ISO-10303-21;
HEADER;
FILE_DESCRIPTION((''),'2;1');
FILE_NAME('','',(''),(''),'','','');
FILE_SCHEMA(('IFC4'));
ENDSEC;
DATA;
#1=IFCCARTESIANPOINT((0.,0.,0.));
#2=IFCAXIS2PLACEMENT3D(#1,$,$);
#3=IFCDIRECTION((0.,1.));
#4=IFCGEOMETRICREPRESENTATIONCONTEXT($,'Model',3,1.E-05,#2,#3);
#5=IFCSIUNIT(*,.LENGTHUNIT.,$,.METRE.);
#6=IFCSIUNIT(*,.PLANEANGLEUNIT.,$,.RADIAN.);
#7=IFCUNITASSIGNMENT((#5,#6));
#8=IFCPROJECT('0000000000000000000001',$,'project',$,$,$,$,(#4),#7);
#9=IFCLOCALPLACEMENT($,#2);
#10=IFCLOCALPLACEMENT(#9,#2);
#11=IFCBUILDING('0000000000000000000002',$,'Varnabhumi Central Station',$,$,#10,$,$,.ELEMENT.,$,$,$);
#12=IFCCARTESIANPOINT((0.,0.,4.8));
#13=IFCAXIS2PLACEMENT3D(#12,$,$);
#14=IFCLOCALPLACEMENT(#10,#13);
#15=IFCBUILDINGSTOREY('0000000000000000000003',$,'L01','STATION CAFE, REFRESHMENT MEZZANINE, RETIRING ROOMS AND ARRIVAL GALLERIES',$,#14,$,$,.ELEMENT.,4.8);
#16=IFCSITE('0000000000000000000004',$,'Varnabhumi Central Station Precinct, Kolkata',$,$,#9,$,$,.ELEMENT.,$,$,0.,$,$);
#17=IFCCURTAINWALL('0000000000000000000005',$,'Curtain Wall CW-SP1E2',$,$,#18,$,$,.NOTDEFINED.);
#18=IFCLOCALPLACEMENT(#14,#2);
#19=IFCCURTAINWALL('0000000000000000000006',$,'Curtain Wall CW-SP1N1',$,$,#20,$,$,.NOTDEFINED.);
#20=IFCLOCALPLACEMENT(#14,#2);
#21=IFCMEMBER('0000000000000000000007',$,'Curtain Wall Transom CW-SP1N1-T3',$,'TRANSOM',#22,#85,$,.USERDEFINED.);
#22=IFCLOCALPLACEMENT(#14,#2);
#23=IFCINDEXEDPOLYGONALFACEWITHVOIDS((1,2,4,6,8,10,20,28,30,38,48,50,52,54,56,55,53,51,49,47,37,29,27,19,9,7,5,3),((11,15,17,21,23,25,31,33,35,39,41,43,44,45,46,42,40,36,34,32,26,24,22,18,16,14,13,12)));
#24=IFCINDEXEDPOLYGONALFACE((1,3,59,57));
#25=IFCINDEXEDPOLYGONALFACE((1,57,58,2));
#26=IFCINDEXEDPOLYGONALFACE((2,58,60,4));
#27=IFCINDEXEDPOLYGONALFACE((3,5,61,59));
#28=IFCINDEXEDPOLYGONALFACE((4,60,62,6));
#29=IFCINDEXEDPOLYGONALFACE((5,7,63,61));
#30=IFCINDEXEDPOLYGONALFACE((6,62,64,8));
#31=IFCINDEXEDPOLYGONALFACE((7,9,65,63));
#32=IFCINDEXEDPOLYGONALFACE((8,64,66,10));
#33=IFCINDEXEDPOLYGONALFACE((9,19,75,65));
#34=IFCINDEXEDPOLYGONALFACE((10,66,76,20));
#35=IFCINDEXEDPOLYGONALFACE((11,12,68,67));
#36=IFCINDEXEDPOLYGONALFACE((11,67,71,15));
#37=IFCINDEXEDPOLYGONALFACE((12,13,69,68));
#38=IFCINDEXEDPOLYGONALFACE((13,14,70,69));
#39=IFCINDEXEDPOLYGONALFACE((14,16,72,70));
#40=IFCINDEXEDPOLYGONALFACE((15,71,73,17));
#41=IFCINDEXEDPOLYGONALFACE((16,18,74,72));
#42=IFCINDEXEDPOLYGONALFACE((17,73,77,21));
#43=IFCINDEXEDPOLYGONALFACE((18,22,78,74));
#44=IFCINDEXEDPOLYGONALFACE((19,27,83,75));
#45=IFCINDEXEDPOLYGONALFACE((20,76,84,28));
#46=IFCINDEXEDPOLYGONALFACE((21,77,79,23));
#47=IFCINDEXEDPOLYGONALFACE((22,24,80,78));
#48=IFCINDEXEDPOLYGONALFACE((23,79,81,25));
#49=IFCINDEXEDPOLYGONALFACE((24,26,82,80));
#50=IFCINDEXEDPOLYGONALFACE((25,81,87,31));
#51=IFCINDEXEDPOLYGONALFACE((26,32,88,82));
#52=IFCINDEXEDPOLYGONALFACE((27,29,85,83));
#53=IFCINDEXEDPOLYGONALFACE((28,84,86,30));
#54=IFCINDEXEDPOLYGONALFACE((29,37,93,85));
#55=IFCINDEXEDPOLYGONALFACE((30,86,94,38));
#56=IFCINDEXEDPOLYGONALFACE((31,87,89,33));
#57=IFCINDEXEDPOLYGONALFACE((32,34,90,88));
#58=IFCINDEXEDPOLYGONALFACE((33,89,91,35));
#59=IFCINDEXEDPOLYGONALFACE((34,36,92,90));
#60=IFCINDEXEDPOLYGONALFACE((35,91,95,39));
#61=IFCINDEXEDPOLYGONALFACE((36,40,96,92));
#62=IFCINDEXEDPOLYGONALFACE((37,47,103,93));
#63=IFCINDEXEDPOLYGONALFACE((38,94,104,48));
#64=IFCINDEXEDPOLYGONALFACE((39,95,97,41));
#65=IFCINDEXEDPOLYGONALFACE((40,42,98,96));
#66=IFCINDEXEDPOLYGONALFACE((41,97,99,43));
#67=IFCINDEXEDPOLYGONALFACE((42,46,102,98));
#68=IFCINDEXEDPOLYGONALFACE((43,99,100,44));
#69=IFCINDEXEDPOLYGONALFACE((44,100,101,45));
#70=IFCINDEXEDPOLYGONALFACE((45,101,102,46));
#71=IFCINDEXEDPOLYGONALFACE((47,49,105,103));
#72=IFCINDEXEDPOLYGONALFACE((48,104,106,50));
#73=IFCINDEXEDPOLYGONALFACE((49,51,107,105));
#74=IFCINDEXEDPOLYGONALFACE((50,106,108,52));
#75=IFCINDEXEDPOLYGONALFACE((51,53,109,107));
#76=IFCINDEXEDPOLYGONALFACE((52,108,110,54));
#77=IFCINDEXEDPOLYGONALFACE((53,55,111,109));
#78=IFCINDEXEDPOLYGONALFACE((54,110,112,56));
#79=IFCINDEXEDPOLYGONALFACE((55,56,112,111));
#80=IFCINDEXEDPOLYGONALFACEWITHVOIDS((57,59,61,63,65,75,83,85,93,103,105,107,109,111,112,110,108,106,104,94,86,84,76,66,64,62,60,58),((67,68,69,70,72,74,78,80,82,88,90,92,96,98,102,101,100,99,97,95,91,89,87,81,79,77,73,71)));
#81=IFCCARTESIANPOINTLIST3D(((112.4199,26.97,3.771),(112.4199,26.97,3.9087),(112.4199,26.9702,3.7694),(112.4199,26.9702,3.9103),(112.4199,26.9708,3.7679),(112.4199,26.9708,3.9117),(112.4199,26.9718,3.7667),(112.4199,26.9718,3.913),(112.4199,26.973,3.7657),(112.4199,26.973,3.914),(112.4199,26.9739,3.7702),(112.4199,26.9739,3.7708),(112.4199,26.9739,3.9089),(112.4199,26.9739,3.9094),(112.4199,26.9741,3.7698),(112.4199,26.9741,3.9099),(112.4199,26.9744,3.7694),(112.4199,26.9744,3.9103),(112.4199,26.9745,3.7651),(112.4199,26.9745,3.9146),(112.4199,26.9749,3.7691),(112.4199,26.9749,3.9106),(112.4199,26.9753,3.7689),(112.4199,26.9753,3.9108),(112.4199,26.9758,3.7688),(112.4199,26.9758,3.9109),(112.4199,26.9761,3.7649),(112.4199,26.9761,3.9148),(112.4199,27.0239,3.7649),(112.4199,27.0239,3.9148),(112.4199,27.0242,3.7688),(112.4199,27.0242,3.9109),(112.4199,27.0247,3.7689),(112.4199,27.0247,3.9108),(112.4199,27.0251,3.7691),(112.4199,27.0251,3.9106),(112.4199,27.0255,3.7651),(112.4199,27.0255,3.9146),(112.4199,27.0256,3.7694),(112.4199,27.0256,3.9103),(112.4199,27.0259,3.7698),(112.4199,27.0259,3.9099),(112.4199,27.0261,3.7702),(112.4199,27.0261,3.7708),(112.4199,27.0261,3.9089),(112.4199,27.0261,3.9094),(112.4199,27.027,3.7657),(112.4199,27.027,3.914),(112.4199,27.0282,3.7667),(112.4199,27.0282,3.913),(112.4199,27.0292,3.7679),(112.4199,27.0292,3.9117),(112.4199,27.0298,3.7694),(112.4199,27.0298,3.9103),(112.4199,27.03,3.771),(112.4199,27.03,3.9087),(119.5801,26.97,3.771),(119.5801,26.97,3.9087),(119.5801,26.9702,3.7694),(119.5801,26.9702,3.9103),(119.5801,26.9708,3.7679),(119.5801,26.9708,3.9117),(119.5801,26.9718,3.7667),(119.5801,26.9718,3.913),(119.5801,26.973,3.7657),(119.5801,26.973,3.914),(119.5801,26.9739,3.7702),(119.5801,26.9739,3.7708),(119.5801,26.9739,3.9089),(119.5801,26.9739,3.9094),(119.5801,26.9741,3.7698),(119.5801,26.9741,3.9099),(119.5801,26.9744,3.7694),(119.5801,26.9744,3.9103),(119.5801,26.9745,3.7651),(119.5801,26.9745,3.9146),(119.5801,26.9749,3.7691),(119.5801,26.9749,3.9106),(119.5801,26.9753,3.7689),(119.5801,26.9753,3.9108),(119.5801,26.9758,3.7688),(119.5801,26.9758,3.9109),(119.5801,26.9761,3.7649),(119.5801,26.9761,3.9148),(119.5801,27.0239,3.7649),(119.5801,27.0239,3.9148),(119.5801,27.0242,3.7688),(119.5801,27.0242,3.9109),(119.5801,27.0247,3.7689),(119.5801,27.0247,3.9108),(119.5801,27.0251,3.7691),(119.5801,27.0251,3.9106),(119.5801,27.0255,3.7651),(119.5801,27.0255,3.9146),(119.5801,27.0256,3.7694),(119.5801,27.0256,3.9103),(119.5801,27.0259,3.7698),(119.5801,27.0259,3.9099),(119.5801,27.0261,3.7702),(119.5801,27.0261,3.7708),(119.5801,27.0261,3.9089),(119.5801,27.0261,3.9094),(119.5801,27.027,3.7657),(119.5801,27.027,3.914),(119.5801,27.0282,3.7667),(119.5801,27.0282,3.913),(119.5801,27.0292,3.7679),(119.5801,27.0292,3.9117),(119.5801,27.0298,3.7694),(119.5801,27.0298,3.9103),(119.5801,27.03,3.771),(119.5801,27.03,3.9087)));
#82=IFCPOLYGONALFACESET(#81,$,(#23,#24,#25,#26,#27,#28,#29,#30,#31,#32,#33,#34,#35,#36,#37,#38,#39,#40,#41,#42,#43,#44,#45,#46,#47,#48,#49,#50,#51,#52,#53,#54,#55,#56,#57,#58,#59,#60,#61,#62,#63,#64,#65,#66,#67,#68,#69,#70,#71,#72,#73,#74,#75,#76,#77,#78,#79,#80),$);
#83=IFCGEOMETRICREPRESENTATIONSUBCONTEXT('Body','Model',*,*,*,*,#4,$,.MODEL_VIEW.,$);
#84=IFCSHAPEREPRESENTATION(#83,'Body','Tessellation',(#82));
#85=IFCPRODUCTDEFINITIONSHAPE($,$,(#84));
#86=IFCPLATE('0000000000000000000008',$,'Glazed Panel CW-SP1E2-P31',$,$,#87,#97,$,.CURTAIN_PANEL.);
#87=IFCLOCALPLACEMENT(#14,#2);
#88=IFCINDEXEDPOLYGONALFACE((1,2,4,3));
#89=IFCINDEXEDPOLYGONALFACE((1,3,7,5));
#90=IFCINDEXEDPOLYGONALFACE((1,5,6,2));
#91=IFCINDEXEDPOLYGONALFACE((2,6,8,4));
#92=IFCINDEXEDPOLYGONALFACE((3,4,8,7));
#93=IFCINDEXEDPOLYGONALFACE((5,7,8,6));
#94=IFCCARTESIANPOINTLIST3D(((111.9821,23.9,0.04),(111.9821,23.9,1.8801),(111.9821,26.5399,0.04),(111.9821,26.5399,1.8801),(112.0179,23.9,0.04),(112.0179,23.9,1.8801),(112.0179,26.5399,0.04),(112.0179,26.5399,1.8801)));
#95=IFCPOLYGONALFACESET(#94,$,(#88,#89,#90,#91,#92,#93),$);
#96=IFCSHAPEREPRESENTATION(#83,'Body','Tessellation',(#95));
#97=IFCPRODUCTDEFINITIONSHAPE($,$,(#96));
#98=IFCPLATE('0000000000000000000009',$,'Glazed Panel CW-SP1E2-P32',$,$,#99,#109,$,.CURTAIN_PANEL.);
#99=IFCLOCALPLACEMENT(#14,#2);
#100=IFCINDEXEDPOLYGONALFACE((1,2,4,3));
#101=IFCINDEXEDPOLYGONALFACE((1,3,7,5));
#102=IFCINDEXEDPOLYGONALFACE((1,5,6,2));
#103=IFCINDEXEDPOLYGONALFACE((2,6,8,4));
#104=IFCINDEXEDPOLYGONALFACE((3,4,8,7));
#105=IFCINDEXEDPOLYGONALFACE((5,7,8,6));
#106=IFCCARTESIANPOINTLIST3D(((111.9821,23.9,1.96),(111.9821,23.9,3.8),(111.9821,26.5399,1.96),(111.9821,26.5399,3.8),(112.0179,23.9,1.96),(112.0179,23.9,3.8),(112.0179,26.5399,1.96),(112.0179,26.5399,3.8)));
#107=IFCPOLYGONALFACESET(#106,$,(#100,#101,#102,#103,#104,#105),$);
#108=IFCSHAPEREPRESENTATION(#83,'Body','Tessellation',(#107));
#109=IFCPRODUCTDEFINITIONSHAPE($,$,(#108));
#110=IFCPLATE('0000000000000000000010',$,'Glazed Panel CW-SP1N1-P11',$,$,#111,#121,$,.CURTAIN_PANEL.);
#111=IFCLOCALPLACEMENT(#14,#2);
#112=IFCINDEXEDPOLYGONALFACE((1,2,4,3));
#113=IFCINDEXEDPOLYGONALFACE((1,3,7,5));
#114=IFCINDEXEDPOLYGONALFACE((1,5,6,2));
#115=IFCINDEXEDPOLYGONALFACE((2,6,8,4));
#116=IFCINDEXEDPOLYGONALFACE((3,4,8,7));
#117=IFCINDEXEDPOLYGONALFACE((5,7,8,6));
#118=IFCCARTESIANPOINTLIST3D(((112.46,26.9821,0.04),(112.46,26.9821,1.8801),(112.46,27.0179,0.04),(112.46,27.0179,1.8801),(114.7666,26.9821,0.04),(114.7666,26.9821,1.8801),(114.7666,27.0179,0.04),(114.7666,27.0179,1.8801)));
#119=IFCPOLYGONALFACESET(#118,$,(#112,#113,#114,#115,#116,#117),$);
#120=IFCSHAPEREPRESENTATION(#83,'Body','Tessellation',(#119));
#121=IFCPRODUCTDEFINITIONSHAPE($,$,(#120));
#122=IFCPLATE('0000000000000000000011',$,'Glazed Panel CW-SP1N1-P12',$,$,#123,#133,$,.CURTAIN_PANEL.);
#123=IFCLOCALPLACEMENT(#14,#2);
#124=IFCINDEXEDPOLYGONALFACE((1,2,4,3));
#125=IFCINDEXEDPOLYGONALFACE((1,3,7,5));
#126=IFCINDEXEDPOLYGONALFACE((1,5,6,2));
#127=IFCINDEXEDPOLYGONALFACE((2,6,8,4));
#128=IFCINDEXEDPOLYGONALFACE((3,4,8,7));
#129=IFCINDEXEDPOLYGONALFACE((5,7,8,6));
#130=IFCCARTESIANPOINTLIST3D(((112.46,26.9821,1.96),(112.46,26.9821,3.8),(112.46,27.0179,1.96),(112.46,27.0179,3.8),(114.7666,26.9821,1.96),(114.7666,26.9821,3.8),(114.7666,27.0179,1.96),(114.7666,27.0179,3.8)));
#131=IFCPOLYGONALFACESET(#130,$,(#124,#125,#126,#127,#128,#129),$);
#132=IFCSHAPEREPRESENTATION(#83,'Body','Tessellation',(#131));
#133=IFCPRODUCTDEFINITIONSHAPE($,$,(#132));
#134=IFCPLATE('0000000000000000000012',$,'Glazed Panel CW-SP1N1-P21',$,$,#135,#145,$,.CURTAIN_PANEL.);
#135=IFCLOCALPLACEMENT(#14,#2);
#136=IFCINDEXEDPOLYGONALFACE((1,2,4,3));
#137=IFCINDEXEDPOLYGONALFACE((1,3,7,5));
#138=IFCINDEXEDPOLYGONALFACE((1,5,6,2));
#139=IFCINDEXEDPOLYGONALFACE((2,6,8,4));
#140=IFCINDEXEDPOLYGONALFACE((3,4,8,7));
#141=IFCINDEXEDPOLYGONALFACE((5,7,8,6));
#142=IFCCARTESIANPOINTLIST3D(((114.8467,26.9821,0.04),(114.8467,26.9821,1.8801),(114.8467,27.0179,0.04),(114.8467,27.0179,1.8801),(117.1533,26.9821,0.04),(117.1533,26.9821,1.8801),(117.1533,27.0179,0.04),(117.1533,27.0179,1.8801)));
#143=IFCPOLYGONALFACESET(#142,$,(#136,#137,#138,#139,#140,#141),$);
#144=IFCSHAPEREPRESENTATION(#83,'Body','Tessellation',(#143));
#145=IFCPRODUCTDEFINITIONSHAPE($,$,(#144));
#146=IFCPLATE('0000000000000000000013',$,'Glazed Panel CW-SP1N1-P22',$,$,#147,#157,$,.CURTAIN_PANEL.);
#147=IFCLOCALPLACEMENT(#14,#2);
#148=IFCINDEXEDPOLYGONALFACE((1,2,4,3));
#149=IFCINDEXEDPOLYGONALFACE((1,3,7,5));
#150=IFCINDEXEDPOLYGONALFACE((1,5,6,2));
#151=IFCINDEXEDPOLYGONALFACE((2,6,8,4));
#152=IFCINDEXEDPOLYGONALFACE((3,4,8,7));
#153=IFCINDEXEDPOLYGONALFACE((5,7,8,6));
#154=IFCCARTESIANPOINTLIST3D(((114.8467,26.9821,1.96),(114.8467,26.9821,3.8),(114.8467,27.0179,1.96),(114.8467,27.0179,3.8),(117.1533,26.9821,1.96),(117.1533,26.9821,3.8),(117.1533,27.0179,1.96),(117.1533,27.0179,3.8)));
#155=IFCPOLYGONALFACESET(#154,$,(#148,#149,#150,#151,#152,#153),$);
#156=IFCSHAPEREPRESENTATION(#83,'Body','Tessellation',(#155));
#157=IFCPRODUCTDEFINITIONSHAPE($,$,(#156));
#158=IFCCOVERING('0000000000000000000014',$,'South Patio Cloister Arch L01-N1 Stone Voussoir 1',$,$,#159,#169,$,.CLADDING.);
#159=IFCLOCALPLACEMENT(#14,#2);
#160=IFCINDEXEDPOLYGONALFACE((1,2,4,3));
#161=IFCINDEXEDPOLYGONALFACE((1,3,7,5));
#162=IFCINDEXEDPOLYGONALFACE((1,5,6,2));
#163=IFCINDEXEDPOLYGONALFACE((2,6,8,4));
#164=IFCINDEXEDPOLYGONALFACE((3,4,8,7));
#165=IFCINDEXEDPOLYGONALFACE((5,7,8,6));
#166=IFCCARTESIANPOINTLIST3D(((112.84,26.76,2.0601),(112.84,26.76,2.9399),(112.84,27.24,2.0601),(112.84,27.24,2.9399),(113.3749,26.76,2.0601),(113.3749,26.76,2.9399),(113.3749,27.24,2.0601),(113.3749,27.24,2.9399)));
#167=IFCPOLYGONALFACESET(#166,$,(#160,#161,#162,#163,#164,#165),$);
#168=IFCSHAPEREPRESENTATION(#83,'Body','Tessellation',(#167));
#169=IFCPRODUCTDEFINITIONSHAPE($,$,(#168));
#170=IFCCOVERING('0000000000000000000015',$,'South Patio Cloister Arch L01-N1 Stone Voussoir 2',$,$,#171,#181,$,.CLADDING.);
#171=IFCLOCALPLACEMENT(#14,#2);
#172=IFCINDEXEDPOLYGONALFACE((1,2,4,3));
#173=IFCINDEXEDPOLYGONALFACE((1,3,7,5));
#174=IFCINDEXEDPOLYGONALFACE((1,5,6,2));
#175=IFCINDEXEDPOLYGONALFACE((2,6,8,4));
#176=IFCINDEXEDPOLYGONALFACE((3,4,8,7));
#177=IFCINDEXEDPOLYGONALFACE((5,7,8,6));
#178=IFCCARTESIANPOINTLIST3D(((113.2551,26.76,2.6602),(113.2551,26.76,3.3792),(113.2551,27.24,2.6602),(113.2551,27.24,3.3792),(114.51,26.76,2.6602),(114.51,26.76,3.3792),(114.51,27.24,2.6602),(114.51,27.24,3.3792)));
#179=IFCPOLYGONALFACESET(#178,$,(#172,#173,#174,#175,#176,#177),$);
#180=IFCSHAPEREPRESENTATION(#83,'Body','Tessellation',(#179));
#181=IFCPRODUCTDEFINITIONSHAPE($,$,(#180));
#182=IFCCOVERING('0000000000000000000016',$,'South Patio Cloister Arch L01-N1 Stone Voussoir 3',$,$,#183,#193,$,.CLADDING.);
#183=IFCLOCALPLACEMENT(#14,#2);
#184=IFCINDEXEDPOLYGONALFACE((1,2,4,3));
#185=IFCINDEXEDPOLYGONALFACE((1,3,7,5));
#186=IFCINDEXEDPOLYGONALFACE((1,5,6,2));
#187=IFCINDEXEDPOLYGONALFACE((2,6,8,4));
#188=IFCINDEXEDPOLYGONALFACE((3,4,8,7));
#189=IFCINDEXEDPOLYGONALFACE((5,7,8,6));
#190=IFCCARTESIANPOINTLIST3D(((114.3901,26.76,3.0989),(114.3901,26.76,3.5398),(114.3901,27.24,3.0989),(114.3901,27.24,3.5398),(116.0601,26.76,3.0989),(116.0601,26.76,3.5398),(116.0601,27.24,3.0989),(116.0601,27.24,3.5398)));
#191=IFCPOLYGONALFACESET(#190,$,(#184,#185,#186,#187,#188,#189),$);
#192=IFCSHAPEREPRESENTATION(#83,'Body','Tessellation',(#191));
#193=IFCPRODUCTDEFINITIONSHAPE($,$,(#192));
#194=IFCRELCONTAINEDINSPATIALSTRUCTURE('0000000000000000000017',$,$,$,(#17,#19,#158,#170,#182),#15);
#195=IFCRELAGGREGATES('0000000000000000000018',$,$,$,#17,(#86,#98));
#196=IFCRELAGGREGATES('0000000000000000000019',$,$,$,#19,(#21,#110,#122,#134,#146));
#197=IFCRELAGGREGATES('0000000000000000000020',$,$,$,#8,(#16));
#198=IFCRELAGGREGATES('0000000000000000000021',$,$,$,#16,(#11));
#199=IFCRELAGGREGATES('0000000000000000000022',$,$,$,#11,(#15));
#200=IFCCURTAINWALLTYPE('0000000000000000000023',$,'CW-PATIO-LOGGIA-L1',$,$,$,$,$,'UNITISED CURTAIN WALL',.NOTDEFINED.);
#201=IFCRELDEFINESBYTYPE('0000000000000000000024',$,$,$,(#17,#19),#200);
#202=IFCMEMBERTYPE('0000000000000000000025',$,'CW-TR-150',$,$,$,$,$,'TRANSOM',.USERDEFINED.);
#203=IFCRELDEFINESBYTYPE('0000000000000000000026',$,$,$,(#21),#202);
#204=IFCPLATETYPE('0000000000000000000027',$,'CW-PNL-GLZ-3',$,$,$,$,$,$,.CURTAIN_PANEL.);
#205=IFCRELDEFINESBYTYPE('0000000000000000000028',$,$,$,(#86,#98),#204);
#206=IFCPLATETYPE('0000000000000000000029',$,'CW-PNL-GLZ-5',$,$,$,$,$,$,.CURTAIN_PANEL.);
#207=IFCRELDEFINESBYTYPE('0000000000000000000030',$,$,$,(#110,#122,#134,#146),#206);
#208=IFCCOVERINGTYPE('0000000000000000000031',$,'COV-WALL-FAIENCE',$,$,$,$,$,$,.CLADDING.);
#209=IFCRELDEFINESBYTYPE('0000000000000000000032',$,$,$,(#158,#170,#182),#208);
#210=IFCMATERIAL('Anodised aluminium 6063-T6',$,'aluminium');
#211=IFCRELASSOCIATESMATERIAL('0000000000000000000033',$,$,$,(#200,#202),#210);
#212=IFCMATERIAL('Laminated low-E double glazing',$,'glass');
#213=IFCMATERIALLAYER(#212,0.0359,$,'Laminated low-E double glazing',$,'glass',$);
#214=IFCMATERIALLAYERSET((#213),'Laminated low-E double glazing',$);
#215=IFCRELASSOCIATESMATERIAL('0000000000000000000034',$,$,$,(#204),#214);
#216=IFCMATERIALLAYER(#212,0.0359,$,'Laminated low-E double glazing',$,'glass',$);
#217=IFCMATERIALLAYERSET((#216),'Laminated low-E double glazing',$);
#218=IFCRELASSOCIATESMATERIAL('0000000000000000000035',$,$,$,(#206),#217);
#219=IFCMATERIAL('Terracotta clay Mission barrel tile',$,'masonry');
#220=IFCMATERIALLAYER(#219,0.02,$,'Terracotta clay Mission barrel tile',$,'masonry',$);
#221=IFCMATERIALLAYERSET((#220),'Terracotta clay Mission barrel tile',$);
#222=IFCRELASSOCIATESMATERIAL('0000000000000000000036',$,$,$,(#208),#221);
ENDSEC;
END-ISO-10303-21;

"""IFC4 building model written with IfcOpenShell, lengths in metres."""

from ifc_helpers import new_model, si_unit, direction, frame, origin, origin_2d, place, context, subcontext, project, spatial, rectangle, hollow_rectangle, extrude, material, layer, layer_set, material_profile, profile_set, type_object, element, aggregate, save


model = new_model("IFC4")

# Units and contexts
model_context = context("Model", 3, precision=1e-05, world=origin(), true_north=direction((0.0, 1.0)))
body_context = subcontext(model_context, "Body", "Model", "MODEL_VIEW")
ifc_project = project(units=[si_unit("LENGTHUNIT", "METRE"), si_unit("PLANEANGLEUNIT", "RADIAN")], contexts=[model_context])

# Site, building, storey
site_placement = place(None, origin())
site = spatial("IfcSite", under=ifc_project, at=site_placement, Name="Varnabhumi Central Station Precinct, Kolkata", CompositionType="ELEMENT", RefElevation=0.0)
building_placement = place(site_placement, origin())
building = spatial("IfcBuilding", under=site, at=building_placement, Name="Varnabhumi Central Station", CompositionType="ELEMENT")
storey_placement = place(building_placement, frame((0.0, 0.0, 4.8)))
storey = spatial("IfcBuildingStorey", under=building, at=storey_placement, Name="L01", Description="STATION CAFE, REFRESHMENT MEZZANINE, RETIRING ROOMS AND ARRIVAL GALLERIES", CompositionType="ELEMENT", Elevation=4.8)

# Curtain walls, member
ifc_material_1 = material(Name="Anodised aluminium 6063-T6", Category="aluminium")
curtain_wall_type = type_object("IfcCurtainWallType", Name="CW-PATIO-LOGGIA-L1", ElementType="UNITISED CURTAIN WALL", PredefinedType="NOTDEFINED", material=ifc_material_1)
curtain_wall_1_placement = place(storey_placement, origin())
curtain_wall_1 = element("IfcCurtainWall", 1, at=curtain_wall_1_placement, inside=storey, type_object=curtain_wall_type, Name="Curtain Wall CW-SP1E2", PredefinedType="NOTDEFINED")
curtain_wall_2_placement = place(storey_placement, origin())
curtain_wall_2 = element("IfcCurtainWall", 2, at=curtain_wall_2_placement, inside=storey, type_object=curtain_wall_type, Name="Curtain Wall CW-SP1N1", PredefinedType="NOTDEFINED")
ifc_material_profile_1 = material_profile(ifc_material_1, hollow_rectangle(XDim=0.0601, YDim=0.1499, WallThickness=0.0039, InnerFilletRadius=0.002, OuterFilletRadius=0.0061, at=origin_2d()), Name="Anodised aluminium 6063-T6", Category="aluminium")
ifc_profile_set_1 = profile_set([ifc_material_profile_1], Name="Anodised aluminium 6063-T6")
member_type_1 = type_object("IfcMemberType", Name="CW-TR-150", ElementType="TRANSOM", PredefinedType="USERDEFINED", material=ifc_profile_set_1)
member_1_placement = place(storey_placement, frame((112.4199, 27.0, 3.8398), z_axis=(1.0, 0.0, 0.0), x_axis=(0.0, 1.0, 0.0)))
member_1 = element("IfcMember", 3, at=member_1_placement, type_object=member_type_1, Name="Curtain Wall Transom CW-SP1N1-T3", ObjectType="TRANSOM", PredefinedType="USERDEFINED", context=body_context, shape_type="SweptSolid", body=[
    extrude(hollow_rectangle(XDim=0.0601, YDim=0.1499, WallThickness=0.0039, InnerFilletRadius=0.002, OuterFilletRadius=0.0061, at=origin_2d()), origin(), (0.0, 0.0, 1.0), 7.1602),
])

# Plates
ifc_material_2 = material(Name="Laminated low-E double glazing", Category="glass")
ifc_layer_1 = layer(ifc_material_2, 0.0359, Name="Laminated low-E double glazing", Category="glass")
ifc_layer_set_1 = layer_set([ifc_layer_1], Name="Laminated low-E double glazing")
plate_type_1 = type_object("IfcPlateType", Name="CW-PNL-GLZ-3", PredefinedType="CURTAIN_PANEL", material=ifc_layer_set_1)
plate_1_placement = place(storey_placement, frame((112.0, 25.22, 0.04), z_axis=(0.0, 0.0, 1.0), x_axis=(0.0, 1.0, 0.0)))
plate_1 = element("IfcPlate", 4, at=plate_1_placement, type_object=plate_type_1, Name="Glazed Panel CW-SP1E2-P31", PredefinedType="CURTAIN_PANEL", context=body_context, shape_type="SweptSolid", body=[
    extrude(rectangle(XDim=2.6399, YDim=0.0359, at=origin_2d()), origin(), (0.0, 0.0, 1.0), 1.8401),
])
plate_2_placement = place(storey_placement, frame((112.0, 25.22, 1.96), z_axis=(0.0, 0.0, 1.0), x_axis=(0.0, 1.0, 0.0)))
plate_2 = element("IfcPlate", 5, at=plate_2_placement, type_object=plate_type_1, Name="Glazed Panel CW-SP1E2-P32", PredefinedType="CURTAIN_PANEL", context=body_context, shape_type="SweptSolid", body=[
    extrude(rectangle(XDim=2.6399, YDim=0.0359, at=origin_2d()), origin(), (0.0, 0.0, 1.0), 1.8401),
])
aggregate(curtain_wall_1, [plate_1, plate_2])
ifc_layer_2 = layer(ifc_material_2, 0.0359, Name="Laminated low-E double glazing", Category="glass")
ifc_layer_set_2 = layer_set([ifc_layer_2], Name="Laminated low-E double glazing")
plate_type_2 = type_object("IfcPlateType", Name="CW-PNL-GLZ-5", PredefinedType="CURTAIN_PANEL", material=ifc_layer_set_2)
plate_3_placement = place(storey_placement, frame((113.6133, 27.0, 0.04), z_axis=(0.0, 0.0, 1.0), x_axis=(1.0, 0.0, 0.0)))
plate_3 = element("IfcPlate", 6, at=plate_3_placement, type_object=plate_type_2, Name="Glazed Panel CW-SP1N1-P11", PredefinedType="CURTAIN_PANEL", context=body_context, shape_type="SweptSolid", body=[
    extrude(rectangle(XDim=2.3066, YDim=0.0359, at=origin_2d()), origin(), (0.0, 0.0, 1.0), 1.8401),
])
plate_4_placement = place(storey_placement, frame((113.6133, 27.0, 1.96), z_axis=(0.0, 0.0, 1.0), x_axis=(1.0, 0.0, 0.0)))
plate_4 = element("IfcPlate", 7, at=plate_4_placement, type_object=plate_type_2, Name="Glazed Panel CW-SP1N1-P12", PredefinedType="CURTAIN_PANEL", context=body_context, shape_type="SweptSolid", body=[
    extrude(rectangle(XDim=2.3066, YDim=0.0359, at=origin_2d()), origin(), (0.0, 0.0, 1.0), 1.8401),
])
plate_5_placement = place(storey_placement, frame((116.0, 27.0, 0.04), z_axis=(0.0, 0.0, 1.0), x_axis=(1.0, 0.0, 0.0)))
plate_5 = element("IfcPlate", 8, at=plate_5_placement, type_object=plate_type_2, Name="Glazed Panel CW-SP1N1-P21", PredefinedType="CURTAIN_PANEL", context=body_context, shape_type="SweptSolid", body=[
    extrude(rectangle(XDim=2.3066, YDim=0.0359, at=origin_2d()), origin(), (0.0, 0.0, 1.0), 1.8401),
])
plate_6_placement = place(storey_placement, frame((116.0, 27.0, 1.96), z_axis=(0.0, 0.0, 1.0), x_axis=(1.0, 0.0, 0.0)))
plate_6 = element("IfcPlate", 9, at=plate_6_placement, type_object=plate_type_2, Name="Glazed Panel CW-SP1N1-P22", PredefinedType="CURTAIN_PANEL", context=body_context, shape_type="SweptSolid", body=[
    extrude(rectangle(XDim=2.3066, YDim=0.0359, at=origin_2d()), origin(), (0.0, 0.0, 1.0), 1.8401),
])
aggregate(curtain_wall_2, [member_1, plate_3, plate_4, plate_5, plate_6])

# Coverings
ifc_material_3 = material(Name="Terracotta clay Mission barrel tile", Category="masonry")
ifc_layer_3 = layer(ifc_material_3, 0.02, Name="Terracotta clay Mission barrel tile", Category="masonry")
ifc_layer_set_3 = layer_set([ifc_layer_3], Name="Terracotta clay Mission barrel tile")
covering_type = type_object("IfcCoveringType", Name="COV-WALL-FAIENCE", PredefinedType="CLADDING", material=ifc_layer_set_3)
covering_1_placement = place(storey_placement, frame((113.1074, 27.0, 2.0601), z_axis=(0.0, 0.0, 1.0), x_axis=(1.0, 0.0, 0.0)))
element("IfcCovering", 10, at=covering_1_placement, inside=storey, type_object=covering_type, Name="South Patio Cloister Arch L01-N1 Stone Voussoir 1", PredefinedType="CLADDING", context=body_context, shape_type="SweptSolid", body=[
    extrude(rectangle(XDim=0.5349, YDim=0.48, at=origin_2d()), origin(), (0.0, 0.0, 1.0), 0.8799),
])
covering_2_placement = place(storey_placement, frame((113.8826, 27.0, 2.6602), z_axis=(0.0, 0.0, 1.0), x_axis=(1.0, 0.0, 0.0)))
element("IfcCovering", 11, at=covering_2_placement, inside=storey, type_object=covering_type, Name="South Patio Cloister Arch L01-N1 Stone Voussoir 2", PredefinedType="CLADDING", context=body_context, shape_type="SweptSolid", body=[
    extrude(rectangle(XDim=1.2549, YDim=0.48, at=origin_2d()), origin(), (0.0, 0.0, 1.0), 0.719),
])
covering_3_placement = place(storey_placement, frame((115.2251, 27.0, 3.0989), z_axis=(0.0, 0.0, 1.0), x_axis=(1.0, 0.0, 0.0)))
element("IfcCovering", 12, at=covering_3_placement, inside=storey, type_object=covering_type, Name="South Patio Cloister Arch L01-N1 Stone Voussoir 3", PredefinedType="CLADDING", context=body_context, shape_type="SweptSolid", body=[
    extrude(rectangle(XDim=1.6699, YDim=0.48, at=origin_2d()), origin(), (0.0, 0.0, 1.0), 0.4409),
])

save(model, "model.ifc")
